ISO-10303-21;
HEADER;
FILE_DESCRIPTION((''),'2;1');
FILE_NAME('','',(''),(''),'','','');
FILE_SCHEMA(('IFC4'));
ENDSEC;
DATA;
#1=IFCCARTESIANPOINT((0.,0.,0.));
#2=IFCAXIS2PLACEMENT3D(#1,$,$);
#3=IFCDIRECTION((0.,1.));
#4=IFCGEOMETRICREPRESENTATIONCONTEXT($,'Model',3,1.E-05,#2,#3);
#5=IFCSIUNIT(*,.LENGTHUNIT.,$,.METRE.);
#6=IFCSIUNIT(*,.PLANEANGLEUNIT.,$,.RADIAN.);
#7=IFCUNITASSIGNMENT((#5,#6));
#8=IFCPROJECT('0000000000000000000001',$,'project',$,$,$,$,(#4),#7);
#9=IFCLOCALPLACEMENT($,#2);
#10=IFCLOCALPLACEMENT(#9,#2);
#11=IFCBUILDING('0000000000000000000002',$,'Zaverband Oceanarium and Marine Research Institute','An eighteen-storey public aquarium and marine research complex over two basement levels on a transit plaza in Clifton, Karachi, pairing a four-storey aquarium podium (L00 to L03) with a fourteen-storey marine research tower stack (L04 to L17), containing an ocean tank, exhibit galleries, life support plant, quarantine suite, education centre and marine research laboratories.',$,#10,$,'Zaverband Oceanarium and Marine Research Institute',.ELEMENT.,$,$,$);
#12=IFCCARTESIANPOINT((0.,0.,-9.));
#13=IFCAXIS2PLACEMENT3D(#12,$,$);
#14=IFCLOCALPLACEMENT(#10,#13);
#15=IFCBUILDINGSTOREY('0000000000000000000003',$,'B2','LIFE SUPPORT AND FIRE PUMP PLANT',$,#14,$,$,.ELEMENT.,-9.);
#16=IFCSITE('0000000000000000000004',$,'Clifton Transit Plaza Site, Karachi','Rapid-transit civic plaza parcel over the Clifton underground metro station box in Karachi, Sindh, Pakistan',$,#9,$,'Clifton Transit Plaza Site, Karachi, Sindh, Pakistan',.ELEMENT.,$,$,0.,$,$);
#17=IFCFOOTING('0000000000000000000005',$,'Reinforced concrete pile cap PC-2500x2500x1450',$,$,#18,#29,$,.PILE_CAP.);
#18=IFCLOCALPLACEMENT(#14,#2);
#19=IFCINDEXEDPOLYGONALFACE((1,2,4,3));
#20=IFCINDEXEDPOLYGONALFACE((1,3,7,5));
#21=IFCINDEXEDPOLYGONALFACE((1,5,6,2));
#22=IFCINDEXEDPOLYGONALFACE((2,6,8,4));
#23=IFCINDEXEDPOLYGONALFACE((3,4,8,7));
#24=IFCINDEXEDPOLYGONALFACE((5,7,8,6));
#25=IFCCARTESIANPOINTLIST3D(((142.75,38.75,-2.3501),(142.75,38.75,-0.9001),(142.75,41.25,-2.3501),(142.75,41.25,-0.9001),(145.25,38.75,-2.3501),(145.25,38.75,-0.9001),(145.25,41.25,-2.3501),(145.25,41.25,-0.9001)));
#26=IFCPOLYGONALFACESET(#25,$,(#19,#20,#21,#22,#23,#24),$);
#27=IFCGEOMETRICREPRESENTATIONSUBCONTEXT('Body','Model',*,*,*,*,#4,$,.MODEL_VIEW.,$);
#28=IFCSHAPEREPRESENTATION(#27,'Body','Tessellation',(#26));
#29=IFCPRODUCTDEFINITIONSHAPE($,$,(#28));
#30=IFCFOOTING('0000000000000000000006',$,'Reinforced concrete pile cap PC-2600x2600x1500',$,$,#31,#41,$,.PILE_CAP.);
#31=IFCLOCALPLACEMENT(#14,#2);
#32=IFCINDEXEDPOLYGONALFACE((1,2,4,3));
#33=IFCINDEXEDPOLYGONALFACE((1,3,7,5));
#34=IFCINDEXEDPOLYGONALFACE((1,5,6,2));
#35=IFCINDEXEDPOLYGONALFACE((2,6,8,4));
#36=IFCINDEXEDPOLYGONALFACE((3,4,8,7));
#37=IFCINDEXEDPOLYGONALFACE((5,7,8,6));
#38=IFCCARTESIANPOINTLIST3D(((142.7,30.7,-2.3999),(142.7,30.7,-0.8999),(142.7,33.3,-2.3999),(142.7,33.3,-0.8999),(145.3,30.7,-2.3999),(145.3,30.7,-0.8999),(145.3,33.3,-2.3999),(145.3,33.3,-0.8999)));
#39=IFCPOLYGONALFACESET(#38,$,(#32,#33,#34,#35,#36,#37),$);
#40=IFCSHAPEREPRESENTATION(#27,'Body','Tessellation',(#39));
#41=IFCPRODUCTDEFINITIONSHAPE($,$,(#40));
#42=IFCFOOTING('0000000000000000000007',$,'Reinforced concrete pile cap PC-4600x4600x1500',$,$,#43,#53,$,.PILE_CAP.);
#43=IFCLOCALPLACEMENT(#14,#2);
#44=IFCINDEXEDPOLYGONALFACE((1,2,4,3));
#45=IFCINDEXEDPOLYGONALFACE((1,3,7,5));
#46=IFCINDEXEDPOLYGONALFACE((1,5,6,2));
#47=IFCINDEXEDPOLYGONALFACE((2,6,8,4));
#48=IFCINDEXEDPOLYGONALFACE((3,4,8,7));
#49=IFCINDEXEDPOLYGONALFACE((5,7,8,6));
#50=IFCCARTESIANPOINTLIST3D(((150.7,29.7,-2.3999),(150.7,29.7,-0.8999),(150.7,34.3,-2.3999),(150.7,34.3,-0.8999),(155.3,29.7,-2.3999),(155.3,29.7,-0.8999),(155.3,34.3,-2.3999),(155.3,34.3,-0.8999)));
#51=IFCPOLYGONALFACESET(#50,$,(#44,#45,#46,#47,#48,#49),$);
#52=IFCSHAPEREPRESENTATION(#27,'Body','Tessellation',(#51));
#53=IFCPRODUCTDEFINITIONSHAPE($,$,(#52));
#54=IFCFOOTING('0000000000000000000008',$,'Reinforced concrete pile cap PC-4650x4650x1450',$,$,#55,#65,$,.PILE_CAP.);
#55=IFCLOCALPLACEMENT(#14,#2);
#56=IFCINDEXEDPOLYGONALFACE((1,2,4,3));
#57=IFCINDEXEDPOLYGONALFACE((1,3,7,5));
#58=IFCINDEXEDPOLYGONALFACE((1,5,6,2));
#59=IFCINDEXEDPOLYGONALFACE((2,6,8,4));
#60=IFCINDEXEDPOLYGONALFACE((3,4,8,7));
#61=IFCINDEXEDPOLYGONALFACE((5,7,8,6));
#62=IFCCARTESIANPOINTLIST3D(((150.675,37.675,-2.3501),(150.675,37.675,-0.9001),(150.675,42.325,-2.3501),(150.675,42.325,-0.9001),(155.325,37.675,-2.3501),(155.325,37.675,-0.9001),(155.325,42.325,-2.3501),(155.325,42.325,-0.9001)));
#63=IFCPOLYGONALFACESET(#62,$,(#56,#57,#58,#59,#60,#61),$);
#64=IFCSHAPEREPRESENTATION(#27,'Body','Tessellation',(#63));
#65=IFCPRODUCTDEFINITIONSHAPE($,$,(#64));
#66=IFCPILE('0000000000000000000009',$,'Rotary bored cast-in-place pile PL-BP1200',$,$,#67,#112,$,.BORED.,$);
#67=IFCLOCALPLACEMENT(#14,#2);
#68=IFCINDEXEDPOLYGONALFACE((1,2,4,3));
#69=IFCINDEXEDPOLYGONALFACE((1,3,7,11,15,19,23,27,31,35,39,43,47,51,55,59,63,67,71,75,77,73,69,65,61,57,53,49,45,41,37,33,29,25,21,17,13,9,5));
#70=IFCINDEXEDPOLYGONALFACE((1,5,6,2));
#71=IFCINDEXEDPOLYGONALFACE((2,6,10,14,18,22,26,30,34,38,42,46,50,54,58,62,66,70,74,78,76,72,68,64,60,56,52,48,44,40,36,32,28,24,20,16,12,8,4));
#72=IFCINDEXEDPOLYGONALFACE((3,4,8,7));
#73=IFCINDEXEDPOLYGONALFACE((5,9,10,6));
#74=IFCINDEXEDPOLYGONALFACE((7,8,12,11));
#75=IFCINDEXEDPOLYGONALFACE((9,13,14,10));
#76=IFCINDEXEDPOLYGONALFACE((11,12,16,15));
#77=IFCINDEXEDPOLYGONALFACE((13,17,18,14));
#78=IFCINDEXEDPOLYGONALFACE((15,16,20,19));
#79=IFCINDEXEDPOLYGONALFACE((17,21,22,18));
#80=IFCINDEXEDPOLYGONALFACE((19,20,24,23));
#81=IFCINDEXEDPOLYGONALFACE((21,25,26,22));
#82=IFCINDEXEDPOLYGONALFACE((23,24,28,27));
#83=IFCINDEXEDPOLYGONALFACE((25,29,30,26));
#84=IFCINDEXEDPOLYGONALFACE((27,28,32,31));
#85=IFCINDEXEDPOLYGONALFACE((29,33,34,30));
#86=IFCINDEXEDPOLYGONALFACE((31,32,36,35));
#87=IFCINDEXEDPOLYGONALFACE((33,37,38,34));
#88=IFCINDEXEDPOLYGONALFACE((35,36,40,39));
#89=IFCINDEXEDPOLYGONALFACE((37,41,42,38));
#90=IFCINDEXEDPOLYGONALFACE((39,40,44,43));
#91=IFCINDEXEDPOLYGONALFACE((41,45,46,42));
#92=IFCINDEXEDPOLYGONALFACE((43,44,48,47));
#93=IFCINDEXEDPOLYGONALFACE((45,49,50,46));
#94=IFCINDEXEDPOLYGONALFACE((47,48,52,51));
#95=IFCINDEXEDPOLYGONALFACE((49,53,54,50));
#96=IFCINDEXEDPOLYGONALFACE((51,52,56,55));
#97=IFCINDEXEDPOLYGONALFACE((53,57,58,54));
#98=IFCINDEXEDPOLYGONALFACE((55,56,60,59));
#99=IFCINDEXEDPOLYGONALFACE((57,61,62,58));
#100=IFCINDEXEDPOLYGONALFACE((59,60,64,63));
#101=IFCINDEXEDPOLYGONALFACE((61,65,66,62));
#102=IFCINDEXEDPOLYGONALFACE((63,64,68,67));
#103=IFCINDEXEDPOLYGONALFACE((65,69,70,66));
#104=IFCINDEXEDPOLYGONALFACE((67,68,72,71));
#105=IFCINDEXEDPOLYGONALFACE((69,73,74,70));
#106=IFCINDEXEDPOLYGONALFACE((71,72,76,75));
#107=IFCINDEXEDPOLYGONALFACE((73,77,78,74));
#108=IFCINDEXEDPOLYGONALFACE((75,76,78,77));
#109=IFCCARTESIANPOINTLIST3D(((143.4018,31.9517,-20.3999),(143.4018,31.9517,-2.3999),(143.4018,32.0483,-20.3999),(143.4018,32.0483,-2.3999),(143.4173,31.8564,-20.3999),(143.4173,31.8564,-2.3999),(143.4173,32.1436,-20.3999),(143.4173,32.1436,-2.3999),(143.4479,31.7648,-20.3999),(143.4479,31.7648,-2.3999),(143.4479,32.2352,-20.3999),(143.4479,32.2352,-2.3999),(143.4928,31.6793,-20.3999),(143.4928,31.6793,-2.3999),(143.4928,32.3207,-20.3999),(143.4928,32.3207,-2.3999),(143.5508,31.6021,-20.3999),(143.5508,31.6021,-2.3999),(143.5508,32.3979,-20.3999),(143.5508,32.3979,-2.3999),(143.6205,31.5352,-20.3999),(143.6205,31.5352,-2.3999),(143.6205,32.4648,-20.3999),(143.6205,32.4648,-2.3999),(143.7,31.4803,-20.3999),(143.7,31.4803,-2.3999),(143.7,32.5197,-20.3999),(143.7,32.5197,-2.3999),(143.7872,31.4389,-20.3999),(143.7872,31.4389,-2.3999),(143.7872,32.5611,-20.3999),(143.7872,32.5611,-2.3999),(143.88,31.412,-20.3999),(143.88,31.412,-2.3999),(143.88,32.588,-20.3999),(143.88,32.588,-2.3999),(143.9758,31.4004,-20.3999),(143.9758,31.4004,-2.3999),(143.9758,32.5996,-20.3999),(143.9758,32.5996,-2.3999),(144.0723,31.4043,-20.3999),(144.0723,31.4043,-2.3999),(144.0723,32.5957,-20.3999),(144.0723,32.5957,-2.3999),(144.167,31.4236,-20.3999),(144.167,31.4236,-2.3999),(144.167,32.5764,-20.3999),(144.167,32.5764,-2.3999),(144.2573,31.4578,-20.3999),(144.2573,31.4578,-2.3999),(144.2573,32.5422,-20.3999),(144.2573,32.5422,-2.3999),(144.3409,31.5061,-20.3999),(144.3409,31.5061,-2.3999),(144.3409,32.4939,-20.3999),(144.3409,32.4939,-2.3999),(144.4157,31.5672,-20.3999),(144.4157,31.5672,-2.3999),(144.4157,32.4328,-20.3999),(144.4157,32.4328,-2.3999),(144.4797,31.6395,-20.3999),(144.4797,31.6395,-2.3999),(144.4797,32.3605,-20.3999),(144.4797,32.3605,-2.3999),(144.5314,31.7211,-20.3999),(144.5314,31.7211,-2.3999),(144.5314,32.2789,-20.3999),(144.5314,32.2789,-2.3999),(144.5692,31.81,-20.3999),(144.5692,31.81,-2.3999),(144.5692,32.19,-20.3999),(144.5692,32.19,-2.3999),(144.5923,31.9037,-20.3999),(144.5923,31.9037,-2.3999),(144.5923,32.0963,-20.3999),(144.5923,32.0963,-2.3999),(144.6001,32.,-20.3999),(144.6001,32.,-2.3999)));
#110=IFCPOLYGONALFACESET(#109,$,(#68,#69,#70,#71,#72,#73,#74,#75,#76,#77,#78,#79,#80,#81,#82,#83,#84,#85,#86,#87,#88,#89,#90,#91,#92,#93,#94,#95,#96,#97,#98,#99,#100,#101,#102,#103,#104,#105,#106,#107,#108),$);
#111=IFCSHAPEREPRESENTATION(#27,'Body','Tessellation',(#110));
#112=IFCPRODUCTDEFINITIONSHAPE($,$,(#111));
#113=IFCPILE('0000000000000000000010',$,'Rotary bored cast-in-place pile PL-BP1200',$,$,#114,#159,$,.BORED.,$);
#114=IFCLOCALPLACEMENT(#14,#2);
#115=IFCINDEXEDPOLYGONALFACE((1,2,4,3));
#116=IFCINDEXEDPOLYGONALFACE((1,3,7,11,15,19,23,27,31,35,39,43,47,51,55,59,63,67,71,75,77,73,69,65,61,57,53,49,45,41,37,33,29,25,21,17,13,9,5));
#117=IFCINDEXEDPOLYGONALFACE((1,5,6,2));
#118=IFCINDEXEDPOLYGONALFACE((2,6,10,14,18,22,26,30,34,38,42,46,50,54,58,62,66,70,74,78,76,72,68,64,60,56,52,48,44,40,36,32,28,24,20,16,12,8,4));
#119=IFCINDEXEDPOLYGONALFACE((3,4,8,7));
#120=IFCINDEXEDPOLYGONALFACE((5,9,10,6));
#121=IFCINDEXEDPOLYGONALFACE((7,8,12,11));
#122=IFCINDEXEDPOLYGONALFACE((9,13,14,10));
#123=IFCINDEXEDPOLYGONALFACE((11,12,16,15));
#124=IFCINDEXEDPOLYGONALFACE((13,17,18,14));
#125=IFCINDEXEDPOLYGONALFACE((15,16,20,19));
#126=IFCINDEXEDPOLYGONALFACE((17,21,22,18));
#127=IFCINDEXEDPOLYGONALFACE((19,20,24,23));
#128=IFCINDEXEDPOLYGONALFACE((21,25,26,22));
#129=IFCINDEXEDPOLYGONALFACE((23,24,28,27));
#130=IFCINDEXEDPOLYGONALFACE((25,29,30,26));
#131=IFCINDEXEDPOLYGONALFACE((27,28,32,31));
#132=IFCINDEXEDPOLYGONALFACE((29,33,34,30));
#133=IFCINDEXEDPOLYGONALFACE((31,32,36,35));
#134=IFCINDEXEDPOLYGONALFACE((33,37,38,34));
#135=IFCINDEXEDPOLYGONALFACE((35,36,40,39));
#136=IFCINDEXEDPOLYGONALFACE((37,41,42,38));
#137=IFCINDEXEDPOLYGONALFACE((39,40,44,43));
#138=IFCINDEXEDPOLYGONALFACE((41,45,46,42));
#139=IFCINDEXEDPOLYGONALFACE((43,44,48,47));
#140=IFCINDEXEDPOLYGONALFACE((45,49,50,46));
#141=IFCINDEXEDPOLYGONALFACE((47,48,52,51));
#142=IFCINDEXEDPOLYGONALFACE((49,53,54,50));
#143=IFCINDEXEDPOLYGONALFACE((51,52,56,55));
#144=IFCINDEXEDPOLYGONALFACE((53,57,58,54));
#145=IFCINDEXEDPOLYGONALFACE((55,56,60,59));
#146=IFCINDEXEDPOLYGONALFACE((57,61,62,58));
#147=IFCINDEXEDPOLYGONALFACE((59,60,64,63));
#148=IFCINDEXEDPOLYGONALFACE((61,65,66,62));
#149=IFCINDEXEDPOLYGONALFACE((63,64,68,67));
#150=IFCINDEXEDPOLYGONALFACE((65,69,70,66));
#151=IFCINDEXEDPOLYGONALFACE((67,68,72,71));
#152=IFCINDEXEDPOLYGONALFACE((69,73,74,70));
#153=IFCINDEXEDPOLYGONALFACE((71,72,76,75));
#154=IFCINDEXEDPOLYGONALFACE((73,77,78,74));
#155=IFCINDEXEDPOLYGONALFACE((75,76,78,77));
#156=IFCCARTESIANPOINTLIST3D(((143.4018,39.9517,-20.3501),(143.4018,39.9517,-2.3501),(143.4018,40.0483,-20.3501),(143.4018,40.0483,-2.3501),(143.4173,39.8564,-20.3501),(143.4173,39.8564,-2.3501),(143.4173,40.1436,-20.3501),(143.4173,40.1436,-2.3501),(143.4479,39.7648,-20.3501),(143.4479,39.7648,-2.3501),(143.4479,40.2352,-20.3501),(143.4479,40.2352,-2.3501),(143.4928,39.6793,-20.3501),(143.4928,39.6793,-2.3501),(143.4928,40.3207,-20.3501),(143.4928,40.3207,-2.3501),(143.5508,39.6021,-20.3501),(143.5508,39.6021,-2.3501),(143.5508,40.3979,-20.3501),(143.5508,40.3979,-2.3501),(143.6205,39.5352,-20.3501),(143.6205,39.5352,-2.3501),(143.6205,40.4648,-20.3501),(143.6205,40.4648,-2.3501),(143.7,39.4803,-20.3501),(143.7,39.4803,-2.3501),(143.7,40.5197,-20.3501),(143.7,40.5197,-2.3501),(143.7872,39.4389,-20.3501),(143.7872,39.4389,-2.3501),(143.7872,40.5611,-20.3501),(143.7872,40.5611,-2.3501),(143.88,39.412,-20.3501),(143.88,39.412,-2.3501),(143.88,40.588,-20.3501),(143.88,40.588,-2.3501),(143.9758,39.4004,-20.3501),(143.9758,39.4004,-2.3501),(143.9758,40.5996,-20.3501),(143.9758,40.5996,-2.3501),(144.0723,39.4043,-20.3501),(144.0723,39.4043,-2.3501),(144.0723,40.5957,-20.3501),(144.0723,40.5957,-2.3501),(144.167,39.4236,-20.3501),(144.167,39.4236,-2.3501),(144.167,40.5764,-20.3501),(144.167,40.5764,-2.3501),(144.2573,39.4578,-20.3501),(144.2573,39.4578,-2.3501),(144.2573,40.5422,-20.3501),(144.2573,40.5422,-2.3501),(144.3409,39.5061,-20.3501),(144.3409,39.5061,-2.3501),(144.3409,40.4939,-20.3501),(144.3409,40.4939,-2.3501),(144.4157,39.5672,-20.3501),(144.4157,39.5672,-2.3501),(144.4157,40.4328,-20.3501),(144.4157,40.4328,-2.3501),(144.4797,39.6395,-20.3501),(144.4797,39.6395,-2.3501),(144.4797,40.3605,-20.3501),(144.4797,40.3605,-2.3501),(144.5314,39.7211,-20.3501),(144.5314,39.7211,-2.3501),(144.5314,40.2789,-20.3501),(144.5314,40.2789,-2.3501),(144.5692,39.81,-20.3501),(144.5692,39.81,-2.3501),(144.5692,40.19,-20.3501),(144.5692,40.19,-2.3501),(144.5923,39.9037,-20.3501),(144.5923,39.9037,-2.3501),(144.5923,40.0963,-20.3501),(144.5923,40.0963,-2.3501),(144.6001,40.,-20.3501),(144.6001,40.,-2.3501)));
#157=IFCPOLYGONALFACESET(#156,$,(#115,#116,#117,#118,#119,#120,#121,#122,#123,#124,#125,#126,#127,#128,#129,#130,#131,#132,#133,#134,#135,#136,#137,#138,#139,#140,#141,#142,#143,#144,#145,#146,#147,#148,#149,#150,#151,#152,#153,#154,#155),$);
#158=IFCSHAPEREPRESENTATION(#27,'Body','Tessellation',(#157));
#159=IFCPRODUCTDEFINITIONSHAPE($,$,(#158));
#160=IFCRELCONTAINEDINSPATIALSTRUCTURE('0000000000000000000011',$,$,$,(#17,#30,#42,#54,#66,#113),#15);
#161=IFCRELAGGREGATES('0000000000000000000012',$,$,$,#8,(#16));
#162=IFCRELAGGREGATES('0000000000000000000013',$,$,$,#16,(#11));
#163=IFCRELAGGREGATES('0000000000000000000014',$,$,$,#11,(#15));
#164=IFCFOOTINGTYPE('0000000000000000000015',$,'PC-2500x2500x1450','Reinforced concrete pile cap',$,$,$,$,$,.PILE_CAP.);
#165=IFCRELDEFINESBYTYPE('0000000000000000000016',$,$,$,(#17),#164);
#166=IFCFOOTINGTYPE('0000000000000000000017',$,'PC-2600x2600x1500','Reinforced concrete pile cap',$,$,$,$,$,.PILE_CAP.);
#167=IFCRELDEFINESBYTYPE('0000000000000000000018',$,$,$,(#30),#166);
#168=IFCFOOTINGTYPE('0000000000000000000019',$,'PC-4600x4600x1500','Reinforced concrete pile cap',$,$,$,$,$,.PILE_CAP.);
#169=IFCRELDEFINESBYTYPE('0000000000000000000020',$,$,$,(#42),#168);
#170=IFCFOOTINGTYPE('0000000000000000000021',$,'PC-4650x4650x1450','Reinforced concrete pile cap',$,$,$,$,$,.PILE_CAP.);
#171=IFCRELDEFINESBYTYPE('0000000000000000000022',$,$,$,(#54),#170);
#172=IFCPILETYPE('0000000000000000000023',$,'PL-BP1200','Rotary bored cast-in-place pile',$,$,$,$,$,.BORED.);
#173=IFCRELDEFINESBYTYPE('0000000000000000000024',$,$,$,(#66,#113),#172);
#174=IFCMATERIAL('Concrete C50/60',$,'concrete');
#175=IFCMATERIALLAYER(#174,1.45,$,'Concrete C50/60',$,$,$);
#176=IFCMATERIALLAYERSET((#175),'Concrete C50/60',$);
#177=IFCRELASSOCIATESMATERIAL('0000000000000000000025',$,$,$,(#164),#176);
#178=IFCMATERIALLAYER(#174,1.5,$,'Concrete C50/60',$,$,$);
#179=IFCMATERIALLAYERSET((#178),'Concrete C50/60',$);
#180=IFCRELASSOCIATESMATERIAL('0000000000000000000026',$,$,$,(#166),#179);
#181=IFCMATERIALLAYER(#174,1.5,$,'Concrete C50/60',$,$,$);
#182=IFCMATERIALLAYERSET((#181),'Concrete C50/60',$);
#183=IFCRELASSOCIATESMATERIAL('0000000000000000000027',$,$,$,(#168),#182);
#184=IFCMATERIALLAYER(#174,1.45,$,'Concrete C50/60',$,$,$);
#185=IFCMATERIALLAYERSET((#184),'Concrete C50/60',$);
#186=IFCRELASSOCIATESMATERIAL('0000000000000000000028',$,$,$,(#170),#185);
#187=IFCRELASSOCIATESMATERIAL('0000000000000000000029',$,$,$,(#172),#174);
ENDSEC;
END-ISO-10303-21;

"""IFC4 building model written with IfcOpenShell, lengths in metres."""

from ifc_helpers import new_model, si_unit, direction, frame, origin, origin_2d, place, context, subcontext, project, spatial, rectangle, circle, extrude, material, layer, layer_set, material_profile, profile_set, type_object, element, save


model = new_model("IFC4")

# Units and contexts
model_context = context("Model", 3, precision=1e-05, world=origin(), true_north=direction((0.0, 1.0)))
body_context = subcontext(model_context, "Body", "Model", "MODEL_VIEW")
ifc_project = project(units=[si_unit("LENGTHUNIT", "METRE"), si_unit("PLANEANGLEUNIT", "RADIAN")], contexts=[model_context])

# Site, building, storey
site_placement = place(None, origin())
site = spatial("IfcSite", under=ifc_project, at=site_placement, Name="Clifton Transit Plaza Site, Karachi", Description="Rapid-transit civic plaza parcel over the Clifton underground metro station box in Karachi, Sindh, Pakistan", LongName="Clifton Transit Plaza Site, Karachi, Sindh, Pakistan", CompositionType="ELEMENT", RefElevation=0.0)
building_placement = place(site_placement, origin())
building = spatial("IfcBuilding", under=site, at=building_placement, Name="Zaverband Oceanarium and Marine Research Institute", Description="An eighteen-storey public aquarium and marine research complex over two basement levels on a transit plaza in Clifton, Karachi, pairing a four-storey aquarium podium (L00 to L03) with a fourteen-storey marine research tower stack (L04 to L17), containing an ocean tank, exhibit galleries, life support plant, quarantine suite, education centre and marine research laboratories.", LongName="Zaverband Oceanarium and Marine Research Institute", CompositionType="ELEMENT")
storey_placement = place(building_placement, frame((0.0, 0.0, -9.0)))
storey = spatial("IfcBuildingStorey", under=building, at=storey_placement, Name="B2", Description="LIFE SUPPORT AND FIRE PUMP PLANT", CompositionType="ELEMENT", Elevation=-9.0)

# Footings
ifc_material_1 = material(Name="Concrete C50/60", Category="concrete")
ifc_layer_1 = layer(ifc_material_1, 1.45, Name="Concrete C50/60")
ifc_layer_set_1 = layer_set([ifc_layer_1], Name="Concrete C50/60")
footing_type_1 = type_object("IfcFootingType", Name="PC-2500x2500x1450", Description="Reinforced concrete pile cap", PredefinedType="PILE_CAP", material=ifc_layer_set_1)
footing_1_placement = place(storey_placement, frame((144.0, 40.0, -2.3501), z_axis=(0.0, 0.0, 1.0), x_axis=(1.0, 0.0, 0.0)))
element("IfcFooting", 1, at=footing_1_placement, inside=storey, type_object=footing_type_1, Name="Reinforced concrete pile cap PC-2500x2500x1450", PredefinedType="PILE_CAP", context=body_context, shape_type="SweptSolid", body=[
    extrude(rectangle(XDim=2.5, YDim=2.5, at=origin_2d()), origin(), (0.0, 0.0, 1.0), 1.45),
])
ifc_layer_2 = layer(ifc_material_1, 1.5, Name="Concrete C50/60")
ifc_layer_set_2 = layer_set([ifc_layer_2], Name="Concrete C50/60")
footing_type_2 = type_object("IfcFootingType", Name="PC-2600x2600x1500", Description="Reinforced concrete pile cap", PredefinedType="PILE_CAP", material=ifc_layer_set_2)
footing_2_placement = place(storey_placement, frame((144.0, 32.0, -2.3999), z_axis=(0.0, 0.0, 1.0), x_axis=(1.0, 0.0, 0.0)))
element("IfcFooting", 2, at=footing_2_placement, inside=storey, type_object=footing_type_2, Name="Reinforced concrete pile cap PC-2600x2600x1500", PredefinedType="PILE_CAP", context=body_context, shape_type="SweptSolid", body=[
    extrude(rectangle(XDim=2.6001, YDim=2.6001, at=origin_2d()), origin(), (0.0, 0.0, 1.0), 1.5),
])
ifc_layer_3 = layer(ifc_material_1, 1.5, Name="Concrete C50/60")
ifc_layer_set_3 = layer_set([ifc_layer_3], Name="Concrete C50/60")
footing_type_3 = type_object("IfcFootingType", Name="PC-4600x4600x1500", Description="Reinforced concrete pile cap", PredefinedType="PILE_CAP", material=ifc_layer_set_3)
footing_3_placement = place(storey_placement, frame((153.0, 32.0, -2.3999), z_axis=(0.0, 0.0, 1.0), x_axis=(1.0, 0.0, 0.0)))
element("IfcFooting", 3, at=footing_3_placement, inside=storey, type_object=footing_type_3, Name="Reinforced concrete pile cap PC-4600x4600x1500", PredefinedType="PILE_CAP", context=body_context, shape_type="SweptSolid", body=[
    extrude(rectangle(XDim=4.6001, YDim=4.6001, at=origin_2d()), origin(), (0.0, 0.0, 1.0), 1.5),
])
ifc_layer_4 = layer(ifc_material_1, 1.45, Name="Concrete C50/60")
ifc_layer_set_4 = layer_set([ifc_layer_4], Name="Concrete C50/60")
footing_type_4 = type_object("IfcFootingType", Name="PC-4650x4650x1450", Description="Reinforced concrete pile cap", PredefinedType="PILE_CAP", material=ifc_layer_set_4)
footing_4_placement = place(storey_placement, frame((153.0, 40.0, -2.3501), z_axis=(0.0, 0.0, 1.0), x_axis=(1.0, 0.0, 0.0)))
element("IfcFooting", 4, at=footing_4_placement, inside=storey, type_object=footing_type_4, Name="Reinforced concrete pile cap PC-4650x4650x1450", PredefinedType="PILE_CAP", context=body_context, shape_type="SweptSolid", body=[
    extrude(rectangle(XDim=4.6499, YDim=4.6499, at=origin_2d()), origin(), (0.0, 0.0, 1.0), 1.45),
])

# Piles
ifc_material_profile_1 = material_profile(ifc_material_1, circle(Radius=0.6001, at=origin_2d()), Name="BP1200")
ifc_profile_set_1 = profile_set([ifc_material_profile_1], Name="Concrete C50/60")
pile_type = type_object("IfcPileType", Name="PL-BP1200", Description="Rotary bored cast-in-place pile", PredefinedType="BORED", material=ifc_profile_set_1)
for number, where, z_axis, x_axis, name in (
    (5, (144.0, 32.0, -2.3999), (0.0, 0.0, -1.0), (1.0, 0.0, 0.0), "Rotary bored cast-in-place pile PL-BP1200"),
    (6, (144.0, 40.0, -2.3501), (0.0, 0.0, -1.0), (1.0, 0.0, 0.0), "Rotary bored cast-in-place pile PL-BP1200"),
):
    element("IfcPile", number, at=place(storey_placement, frame(where, z_axis=z_axis, x_axis=x_axis)), inside=storey, type_object=pile_type, Name=name, PredefinedType="BORED", context=body_context, shape_type="SweptSolid", body=[
        extrude(circle(Radius=0.6001, at=origin_2d()), origin(), (0.0, 0.0, 1.0), 18.0),
    ])

save(model, "model.ifc")
